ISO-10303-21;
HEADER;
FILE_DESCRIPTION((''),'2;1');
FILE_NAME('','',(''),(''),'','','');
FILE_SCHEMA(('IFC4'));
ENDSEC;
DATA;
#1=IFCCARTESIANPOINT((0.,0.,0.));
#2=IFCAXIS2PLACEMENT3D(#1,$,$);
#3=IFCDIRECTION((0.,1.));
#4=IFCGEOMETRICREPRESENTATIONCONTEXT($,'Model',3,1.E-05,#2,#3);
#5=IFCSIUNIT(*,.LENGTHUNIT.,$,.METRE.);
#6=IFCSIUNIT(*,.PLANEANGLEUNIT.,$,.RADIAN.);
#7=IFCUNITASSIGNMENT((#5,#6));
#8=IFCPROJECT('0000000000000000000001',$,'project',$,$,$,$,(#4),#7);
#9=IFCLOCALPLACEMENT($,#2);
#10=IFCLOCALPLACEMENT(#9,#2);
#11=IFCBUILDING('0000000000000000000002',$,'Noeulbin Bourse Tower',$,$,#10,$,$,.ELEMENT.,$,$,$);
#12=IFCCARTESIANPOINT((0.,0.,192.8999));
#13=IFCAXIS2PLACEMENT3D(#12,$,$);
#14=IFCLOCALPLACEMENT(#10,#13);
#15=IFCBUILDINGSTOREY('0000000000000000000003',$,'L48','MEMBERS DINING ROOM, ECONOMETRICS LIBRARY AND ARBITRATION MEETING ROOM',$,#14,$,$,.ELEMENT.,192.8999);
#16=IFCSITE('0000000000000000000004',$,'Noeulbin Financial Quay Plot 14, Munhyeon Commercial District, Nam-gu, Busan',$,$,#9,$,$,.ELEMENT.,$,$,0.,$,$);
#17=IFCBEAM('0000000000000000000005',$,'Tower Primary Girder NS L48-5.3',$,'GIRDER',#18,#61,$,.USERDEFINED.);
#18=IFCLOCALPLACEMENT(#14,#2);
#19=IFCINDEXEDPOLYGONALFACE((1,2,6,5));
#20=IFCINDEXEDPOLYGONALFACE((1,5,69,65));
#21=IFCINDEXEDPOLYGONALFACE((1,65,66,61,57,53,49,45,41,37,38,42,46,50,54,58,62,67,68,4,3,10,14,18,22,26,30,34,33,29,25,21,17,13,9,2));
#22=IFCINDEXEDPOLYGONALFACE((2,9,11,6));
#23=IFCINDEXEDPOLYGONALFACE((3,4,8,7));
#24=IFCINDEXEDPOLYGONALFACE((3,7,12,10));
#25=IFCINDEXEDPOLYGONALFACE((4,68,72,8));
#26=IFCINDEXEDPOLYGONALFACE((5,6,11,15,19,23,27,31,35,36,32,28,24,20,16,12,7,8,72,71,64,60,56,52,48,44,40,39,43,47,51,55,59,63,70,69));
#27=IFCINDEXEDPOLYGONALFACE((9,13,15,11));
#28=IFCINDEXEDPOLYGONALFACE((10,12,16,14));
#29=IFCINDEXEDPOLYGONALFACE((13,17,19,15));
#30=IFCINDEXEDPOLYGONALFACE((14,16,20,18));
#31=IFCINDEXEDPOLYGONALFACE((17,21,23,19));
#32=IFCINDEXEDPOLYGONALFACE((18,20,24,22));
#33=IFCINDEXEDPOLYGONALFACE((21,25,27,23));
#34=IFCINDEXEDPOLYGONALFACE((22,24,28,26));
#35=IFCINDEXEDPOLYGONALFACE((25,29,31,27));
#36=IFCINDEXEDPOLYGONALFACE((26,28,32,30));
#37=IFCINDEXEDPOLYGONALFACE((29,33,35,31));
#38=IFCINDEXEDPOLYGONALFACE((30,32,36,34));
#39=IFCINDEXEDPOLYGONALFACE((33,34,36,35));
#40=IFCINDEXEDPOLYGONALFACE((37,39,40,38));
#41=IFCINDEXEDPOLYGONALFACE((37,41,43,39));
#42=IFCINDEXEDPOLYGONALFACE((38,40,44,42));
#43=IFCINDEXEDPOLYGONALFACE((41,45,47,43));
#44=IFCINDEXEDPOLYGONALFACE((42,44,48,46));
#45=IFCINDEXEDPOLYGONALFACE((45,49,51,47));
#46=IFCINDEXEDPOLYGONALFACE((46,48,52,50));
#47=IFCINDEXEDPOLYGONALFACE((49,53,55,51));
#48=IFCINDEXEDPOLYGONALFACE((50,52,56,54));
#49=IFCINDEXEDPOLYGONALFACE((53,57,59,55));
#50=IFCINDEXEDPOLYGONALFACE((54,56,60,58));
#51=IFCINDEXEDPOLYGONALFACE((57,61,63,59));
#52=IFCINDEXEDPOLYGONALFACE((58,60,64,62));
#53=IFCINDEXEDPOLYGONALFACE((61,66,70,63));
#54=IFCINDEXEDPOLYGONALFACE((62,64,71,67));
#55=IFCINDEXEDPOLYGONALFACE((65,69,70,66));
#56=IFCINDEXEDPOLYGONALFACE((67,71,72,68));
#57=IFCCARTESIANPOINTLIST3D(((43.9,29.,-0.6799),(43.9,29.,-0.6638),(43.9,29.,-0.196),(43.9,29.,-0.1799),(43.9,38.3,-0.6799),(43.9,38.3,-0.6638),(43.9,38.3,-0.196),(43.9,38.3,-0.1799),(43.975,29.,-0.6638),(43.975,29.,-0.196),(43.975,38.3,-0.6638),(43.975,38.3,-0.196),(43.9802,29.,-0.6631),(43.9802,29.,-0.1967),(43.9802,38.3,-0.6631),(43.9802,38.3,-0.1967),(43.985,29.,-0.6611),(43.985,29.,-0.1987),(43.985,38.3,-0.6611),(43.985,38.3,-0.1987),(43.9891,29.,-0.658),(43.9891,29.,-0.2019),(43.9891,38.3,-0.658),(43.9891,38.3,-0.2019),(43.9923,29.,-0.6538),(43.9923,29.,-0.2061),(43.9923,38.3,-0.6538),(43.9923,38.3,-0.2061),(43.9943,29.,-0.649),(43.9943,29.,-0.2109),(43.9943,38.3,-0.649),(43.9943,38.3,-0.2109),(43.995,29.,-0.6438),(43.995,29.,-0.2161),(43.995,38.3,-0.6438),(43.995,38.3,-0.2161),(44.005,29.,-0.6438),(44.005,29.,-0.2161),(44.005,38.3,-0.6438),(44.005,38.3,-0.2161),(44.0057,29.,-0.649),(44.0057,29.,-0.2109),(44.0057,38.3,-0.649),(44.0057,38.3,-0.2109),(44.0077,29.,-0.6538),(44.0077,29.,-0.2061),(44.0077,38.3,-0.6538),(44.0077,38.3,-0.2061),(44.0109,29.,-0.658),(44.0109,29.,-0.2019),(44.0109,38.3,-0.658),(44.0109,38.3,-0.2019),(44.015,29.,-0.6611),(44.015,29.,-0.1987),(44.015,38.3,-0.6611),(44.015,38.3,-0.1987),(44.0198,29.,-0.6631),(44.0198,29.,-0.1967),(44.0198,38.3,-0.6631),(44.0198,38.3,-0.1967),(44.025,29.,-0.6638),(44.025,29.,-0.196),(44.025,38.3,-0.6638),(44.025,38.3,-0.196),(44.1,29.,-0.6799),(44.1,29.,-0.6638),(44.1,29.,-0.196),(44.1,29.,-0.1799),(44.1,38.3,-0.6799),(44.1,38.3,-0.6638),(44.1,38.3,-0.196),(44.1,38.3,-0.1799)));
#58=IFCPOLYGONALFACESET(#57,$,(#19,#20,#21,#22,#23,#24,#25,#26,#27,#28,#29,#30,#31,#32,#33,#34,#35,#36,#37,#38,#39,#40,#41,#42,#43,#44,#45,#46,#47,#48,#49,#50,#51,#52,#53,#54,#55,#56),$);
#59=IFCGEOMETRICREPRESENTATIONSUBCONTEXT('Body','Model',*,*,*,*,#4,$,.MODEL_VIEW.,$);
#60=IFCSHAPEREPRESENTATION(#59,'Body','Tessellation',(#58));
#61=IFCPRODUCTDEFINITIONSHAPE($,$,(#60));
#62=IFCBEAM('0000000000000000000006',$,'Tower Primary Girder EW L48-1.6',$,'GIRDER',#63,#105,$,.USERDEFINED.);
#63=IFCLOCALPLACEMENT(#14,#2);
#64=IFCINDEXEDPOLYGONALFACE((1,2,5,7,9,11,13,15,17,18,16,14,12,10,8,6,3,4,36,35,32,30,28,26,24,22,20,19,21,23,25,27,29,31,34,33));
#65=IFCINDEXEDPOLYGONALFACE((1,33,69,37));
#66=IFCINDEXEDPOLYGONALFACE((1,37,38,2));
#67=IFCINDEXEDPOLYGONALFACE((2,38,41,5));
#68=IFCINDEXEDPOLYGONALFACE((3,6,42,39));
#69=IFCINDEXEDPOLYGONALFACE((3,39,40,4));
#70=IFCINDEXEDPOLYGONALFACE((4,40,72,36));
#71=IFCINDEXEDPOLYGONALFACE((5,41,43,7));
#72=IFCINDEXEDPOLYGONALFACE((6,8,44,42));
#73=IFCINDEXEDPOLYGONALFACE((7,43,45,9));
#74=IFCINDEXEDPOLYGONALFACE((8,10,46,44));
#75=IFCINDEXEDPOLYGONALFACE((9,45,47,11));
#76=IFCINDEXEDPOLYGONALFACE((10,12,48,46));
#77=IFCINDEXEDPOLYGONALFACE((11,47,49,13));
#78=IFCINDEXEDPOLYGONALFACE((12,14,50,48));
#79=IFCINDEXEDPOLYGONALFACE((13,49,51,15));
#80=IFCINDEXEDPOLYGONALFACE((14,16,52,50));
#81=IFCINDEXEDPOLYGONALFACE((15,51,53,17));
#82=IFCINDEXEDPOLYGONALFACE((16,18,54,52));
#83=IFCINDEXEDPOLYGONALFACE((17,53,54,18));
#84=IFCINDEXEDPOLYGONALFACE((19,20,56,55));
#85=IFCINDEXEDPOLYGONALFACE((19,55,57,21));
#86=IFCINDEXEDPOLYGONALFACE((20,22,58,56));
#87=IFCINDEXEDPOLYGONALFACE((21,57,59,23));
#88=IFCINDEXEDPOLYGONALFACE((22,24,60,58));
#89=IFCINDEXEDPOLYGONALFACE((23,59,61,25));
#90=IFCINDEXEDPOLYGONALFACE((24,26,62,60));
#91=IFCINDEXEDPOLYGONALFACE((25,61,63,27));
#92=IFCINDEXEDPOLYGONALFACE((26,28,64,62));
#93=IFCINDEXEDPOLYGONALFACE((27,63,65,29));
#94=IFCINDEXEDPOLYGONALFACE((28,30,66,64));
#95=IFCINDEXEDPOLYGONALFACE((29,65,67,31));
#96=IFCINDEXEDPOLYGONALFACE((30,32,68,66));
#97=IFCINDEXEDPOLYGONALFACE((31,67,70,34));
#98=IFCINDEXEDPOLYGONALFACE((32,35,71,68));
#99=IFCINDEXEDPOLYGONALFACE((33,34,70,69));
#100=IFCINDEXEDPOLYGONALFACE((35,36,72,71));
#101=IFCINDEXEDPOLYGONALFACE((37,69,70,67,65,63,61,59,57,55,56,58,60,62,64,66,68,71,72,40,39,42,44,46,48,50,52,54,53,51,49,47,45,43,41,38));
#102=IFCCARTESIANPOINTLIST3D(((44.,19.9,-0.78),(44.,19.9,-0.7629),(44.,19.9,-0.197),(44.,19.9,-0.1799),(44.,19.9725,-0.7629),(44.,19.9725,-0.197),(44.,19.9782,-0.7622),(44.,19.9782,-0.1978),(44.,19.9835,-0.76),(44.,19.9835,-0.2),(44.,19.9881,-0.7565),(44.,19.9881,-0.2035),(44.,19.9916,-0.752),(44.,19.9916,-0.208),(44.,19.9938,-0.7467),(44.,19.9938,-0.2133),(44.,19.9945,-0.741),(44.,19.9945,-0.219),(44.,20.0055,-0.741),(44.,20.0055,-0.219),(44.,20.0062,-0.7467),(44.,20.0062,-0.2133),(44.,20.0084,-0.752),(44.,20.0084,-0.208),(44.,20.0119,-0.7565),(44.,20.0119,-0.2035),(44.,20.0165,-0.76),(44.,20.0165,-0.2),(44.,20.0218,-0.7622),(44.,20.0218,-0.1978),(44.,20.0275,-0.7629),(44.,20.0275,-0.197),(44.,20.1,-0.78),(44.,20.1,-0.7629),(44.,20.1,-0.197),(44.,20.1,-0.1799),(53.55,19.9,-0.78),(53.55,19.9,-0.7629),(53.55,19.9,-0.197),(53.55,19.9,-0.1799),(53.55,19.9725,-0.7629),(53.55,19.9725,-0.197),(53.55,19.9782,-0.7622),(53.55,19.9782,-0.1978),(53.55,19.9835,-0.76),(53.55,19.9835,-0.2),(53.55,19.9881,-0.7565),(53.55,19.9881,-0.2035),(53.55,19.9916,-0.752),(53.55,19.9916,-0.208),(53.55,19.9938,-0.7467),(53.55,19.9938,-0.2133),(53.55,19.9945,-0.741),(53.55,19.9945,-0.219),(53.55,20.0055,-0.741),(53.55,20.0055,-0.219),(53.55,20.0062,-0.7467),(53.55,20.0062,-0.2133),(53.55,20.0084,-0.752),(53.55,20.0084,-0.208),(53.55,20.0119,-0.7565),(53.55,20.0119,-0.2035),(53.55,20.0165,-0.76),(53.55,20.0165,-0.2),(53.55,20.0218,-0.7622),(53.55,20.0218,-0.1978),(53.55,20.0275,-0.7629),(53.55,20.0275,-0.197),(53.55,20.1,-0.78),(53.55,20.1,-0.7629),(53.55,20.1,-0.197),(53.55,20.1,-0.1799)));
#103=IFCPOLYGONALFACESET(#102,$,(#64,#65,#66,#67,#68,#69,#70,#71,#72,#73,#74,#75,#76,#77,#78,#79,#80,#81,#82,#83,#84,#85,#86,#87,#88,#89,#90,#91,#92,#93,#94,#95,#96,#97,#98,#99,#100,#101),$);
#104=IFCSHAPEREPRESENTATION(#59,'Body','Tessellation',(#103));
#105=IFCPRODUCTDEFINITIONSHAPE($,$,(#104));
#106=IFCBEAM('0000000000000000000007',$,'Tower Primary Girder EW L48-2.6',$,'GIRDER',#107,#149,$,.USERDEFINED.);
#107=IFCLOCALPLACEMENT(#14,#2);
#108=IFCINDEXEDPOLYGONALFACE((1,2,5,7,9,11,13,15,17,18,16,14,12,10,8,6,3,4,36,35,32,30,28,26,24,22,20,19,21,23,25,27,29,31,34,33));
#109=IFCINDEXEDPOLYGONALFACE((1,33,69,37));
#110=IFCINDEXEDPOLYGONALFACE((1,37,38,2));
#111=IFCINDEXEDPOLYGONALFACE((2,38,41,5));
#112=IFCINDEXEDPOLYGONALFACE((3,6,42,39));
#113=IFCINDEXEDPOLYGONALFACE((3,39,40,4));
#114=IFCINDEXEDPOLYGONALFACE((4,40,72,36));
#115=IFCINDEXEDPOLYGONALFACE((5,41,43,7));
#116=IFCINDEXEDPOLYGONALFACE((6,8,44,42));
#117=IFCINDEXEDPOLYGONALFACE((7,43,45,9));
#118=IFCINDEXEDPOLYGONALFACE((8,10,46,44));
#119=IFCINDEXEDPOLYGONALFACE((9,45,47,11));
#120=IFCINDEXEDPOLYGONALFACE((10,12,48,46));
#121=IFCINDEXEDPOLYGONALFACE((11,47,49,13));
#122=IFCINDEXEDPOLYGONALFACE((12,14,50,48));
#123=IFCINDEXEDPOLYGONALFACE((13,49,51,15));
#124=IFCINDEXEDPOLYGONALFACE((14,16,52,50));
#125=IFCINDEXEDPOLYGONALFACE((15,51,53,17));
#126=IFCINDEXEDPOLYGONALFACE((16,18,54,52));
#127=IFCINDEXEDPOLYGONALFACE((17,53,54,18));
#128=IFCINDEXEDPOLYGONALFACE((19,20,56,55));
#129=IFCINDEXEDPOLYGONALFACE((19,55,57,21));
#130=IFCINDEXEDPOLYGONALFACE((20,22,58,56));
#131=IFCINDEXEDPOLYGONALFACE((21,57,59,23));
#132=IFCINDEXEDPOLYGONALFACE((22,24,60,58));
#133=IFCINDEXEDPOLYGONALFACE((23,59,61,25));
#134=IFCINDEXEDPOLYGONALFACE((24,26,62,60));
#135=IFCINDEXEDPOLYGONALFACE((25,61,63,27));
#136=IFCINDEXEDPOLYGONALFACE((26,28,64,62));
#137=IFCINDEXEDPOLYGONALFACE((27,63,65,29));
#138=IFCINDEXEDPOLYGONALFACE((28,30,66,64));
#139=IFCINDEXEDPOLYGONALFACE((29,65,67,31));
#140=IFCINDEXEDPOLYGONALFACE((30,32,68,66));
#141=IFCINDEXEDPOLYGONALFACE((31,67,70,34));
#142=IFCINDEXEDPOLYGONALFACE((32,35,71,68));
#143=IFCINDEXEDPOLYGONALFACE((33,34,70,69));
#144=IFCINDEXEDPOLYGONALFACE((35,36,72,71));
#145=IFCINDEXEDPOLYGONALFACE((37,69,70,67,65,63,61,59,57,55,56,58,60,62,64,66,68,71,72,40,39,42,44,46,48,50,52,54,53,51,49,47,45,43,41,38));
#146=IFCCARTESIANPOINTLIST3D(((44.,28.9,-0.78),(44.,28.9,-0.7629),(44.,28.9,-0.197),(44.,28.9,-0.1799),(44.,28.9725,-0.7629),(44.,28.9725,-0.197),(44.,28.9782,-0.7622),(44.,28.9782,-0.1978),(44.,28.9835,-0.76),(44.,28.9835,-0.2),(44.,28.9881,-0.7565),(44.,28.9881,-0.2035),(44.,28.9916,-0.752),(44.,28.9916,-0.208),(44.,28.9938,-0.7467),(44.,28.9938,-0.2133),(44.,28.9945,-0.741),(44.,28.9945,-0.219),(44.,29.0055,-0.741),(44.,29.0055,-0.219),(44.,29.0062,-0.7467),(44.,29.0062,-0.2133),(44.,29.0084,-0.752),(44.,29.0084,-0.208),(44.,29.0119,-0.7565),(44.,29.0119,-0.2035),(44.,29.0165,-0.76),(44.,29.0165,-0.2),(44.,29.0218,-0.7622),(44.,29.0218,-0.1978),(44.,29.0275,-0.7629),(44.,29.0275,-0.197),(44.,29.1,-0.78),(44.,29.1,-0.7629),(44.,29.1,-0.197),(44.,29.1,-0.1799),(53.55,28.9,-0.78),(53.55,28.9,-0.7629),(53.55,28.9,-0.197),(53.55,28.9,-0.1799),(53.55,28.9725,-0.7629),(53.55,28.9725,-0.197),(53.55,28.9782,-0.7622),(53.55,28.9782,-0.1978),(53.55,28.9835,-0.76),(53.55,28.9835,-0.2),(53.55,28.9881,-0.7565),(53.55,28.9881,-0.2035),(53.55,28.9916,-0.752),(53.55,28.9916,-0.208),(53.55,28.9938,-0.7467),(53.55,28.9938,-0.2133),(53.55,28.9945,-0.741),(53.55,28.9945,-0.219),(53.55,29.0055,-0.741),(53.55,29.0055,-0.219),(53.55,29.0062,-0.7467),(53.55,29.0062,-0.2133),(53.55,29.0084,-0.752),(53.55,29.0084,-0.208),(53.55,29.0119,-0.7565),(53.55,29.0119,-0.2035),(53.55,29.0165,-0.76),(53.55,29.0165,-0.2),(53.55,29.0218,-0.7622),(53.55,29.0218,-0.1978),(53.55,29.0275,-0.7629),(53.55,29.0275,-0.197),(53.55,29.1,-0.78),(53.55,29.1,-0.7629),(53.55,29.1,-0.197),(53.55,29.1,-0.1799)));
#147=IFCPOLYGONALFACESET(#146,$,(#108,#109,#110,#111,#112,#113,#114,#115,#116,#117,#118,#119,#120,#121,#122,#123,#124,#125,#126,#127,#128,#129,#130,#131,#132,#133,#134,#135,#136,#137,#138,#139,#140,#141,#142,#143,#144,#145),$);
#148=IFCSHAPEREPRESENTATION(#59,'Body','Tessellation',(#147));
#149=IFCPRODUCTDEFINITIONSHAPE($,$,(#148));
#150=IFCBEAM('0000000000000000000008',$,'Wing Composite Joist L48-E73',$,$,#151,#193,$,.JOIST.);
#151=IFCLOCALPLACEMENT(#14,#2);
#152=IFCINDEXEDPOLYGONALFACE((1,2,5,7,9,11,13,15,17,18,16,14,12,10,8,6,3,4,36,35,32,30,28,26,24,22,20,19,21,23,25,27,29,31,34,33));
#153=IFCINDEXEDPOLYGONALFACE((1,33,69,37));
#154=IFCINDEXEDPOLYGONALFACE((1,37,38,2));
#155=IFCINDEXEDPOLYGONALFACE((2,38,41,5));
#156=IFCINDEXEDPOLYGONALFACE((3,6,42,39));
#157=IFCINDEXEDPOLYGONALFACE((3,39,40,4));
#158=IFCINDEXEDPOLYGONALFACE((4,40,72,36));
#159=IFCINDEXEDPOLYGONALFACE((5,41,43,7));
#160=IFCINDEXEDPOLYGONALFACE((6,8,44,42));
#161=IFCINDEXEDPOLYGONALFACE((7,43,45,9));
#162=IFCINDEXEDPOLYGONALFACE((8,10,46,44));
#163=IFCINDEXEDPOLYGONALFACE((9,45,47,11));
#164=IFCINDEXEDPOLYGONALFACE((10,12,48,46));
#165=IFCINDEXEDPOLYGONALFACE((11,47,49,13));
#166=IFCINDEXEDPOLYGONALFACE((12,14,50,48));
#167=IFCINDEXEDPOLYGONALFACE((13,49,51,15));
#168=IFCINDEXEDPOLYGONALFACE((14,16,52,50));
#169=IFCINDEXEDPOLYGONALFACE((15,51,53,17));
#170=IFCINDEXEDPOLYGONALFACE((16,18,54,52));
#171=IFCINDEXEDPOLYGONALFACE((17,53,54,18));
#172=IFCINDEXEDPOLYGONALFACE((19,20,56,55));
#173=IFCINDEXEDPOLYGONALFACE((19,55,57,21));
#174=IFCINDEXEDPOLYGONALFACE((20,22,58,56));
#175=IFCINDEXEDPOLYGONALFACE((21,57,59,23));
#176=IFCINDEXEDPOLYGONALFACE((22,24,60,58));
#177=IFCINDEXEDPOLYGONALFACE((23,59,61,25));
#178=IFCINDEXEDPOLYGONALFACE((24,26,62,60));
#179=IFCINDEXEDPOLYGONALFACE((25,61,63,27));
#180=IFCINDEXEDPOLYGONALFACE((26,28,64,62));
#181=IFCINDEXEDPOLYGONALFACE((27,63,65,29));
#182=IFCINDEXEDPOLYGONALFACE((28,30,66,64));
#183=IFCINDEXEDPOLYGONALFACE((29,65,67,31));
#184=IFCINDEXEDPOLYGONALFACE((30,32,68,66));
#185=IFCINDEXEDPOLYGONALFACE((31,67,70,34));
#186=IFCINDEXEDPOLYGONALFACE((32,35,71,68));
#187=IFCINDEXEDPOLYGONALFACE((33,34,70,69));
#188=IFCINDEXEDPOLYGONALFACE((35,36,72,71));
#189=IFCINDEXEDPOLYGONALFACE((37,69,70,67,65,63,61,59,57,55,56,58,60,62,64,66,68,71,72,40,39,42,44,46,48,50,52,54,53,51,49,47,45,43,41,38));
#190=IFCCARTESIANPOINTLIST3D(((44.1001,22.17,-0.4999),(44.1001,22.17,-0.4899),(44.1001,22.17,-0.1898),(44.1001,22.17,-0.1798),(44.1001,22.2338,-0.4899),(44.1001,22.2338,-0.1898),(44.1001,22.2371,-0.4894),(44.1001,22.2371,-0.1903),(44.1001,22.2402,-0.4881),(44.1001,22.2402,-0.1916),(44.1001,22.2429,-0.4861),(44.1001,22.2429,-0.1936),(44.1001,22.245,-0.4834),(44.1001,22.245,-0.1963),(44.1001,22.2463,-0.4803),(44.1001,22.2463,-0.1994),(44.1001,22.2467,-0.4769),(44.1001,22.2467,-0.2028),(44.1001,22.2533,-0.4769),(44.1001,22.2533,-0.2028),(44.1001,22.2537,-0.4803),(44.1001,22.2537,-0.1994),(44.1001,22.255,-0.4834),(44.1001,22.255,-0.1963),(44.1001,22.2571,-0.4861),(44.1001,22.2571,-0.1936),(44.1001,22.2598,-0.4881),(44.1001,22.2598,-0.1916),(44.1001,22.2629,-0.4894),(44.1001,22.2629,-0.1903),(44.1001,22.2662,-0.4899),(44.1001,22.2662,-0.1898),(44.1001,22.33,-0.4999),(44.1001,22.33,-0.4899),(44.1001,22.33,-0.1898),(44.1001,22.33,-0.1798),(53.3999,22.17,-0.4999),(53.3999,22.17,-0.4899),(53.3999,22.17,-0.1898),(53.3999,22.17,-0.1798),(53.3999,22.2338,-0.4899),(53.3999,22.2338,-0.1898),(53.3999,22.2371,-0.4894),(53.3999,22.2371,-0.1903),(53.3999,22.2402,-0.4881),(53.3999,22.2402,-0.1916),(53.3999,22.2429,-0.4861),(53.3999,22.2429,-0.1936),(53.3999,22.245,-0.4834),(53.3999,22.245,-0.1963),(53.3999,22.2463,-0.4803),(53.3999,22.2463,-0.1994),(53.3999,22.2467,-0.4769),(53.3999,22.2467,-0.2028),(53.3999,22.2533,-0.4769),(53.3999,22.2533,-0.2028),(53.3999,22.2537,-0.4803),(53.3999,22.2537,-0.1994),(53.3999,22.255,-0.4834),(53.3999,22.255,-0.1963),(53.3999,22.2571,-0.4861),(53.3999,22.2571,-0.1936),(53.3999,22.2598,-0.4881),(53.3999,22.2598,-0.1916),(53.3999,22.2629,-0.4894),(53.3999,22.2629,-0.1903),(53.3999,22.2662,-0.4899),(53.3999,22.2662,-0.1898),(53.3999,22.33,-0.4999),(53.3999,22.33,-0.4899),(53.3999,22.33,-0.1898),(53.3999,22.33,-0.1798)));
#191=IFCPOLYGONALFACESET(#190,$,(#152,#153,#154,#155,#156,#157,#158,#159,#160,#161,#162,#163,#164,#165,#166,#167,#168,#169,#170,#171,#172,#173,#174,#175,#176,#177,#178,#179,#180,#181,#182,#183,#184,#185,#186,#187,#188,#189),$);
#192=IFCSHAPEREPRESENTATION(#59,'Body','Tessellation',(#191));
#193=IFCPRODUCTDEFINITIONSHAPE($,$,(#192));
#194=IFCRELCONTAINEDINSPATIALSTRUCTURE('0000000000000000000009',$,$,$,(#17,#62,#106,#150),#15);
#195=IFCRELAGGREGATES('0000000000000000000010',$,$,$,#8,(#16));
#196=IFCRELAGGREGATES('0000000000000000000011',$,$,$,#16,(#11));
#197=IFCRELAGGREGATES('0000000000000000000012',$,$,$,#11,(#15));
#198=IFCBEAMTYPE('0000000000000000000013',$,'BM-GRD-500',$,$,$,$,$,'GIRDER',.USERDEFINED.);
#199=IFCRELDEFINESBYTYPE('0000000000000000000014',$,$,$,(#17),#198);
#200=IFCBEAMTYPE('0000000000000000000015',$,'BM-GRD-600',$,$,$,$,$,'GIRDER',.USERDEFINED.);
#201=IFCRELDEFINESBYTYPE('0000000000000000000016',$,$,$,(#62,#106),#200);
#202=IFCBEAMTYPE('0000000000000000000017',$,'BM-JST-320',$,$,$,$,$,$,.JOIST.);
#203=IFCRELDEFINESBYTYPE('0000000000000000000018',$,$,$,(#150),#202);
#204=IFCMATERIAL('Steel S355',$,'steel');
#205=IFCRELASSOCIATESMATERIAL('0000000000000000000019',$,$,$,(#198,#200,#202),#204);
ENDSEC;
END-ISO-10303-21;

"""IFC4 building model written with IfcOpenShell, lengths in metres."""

from ifc_helpers import new_model, si_unit, direction, frame, origin, origin_2d, place, context, subcontext, project, spatial, i_section, extrude, material, material_profile, profile_set, type_object, element, save


model = new_model("IFC4")

# Units and contexts
model_context = context("Model", 3, precision=1e-05, world=origin(), true_north=direction((0.0, 1.0)))
body_context = subcontext(model_context, "Body", "Model", "MODEL_VIEW")
ifc_project = project(units=[si_unit("LENGTHUNIT", "METRE"), si_unit("PLANEANGLEUNIT", "RADIAN")], contexts=[model_context])

# Site, building, storey
site_placement = place(None, origin())
site = spatial("IfcSite", under=ifc_project, at=site_placement, Name="Noeulbin Financial Quay Plot 14, Munhyeon Commercial District, Nam-gu, Busan", CompositionType="ELEMENT", RefElevation=0.0)
building_placement = place(site_placement, origin())
building = spatial("IfcBuilding", under=site, at=building_placement, Name="Noeulbin Bourse Tower", CompositionType="ELEMENT")
storey_placement = place(building_placement, frame((0.0, 0.0, 192.8999)))
storey = spatial("IfcBuildingStorey", under=building, at=storey_placement, Name="L48", Description="MEMBERS DINING ROOM, ECONOMETRICS LIBRARY AND ARBITRATION MEETING ROOM", CompositionType="ELEMENT", Elevation=192.8999)

# Shared definitions
ifc_material_1 = material(Name="Steel S355", Category="steel")

# Beams
ifc_material_profile_1 = material_profile(ifc_material_1, i_section(OverallWidth=0.2, OverallDepth=0.5, WebThickness=0.01, FlangeThickness=0.0161, FilletRadius=0.02, at=origin_2d()), Name="H-500x200x10x16", Category="LoadBearing")
ifc_profile_set_1 = profile_set([ifc_material_profile_1], Name="Steel S355")
beam_type_1 = type_object("IfcBeamType", Name="BM-GRD-500", ElementType="GIRDER", PredefinedType="USERDEFINED", material=ifc_profile_set_1)
beam_1_placement = place(storey_placement, frame((44.0, 29.0, -0.4299), z_axis=(0.0, 1.0, 0.0), x_axis=(-1.0, 0.0, 0.0)))
element("IfcBeam", 1, at=beam_1_placement, inside=storey, type_object=beam_type_1, Name="Tower Primary Girder NS L48-5.3", ObjectType="GIRDER", PredefinedType="USERDEFINED", context=body_context, shape_type="SweptSolid", body=[
    extrude(i_section(OverallWidth=0.2, OverallDepth=0.5, WebThickness=0.01, FlangeThickness=0.0161, FilletRadius=0.02, at=origin_2d()), origin(), (0.0, 0.0, 1.0), 9.3),
])
ifc_material_profile_2 = material_profile(ifc_material_1, i_section(OverallWidth=0.2, OverallDepth=0.6001, WebThickness=0.011, FlangeThickness=0.0171, FilletRadius=0.022, at=origin_2d()), Name="H-600x200x11x17", Category="LoadBearing")
ifc_profile_set_2 = profile_set([ifc_material_profile_2], Name="Steel S355")
beam_type_2 = type_object("IfcBeamType", Name="BM-GRD-600", ElementType="GIRDER", PredefinedType="USERDEFINED", material=ifc_profile_set_2)
for number, where, z_axis, x_axis, name in (
    (2, (44.0, 20.0, -0.48), (1.0, 0.0, 0.0), (0.0, 1.0, 0.0), "Tower Primary Girder EW L48-1.6"),
    (3, (44.0, 29.0, -0.48), (1.0, 0.0, 0.0), (0.0, 1.0, 0.0), "Tower Primary Girder EW L48-2.6"),
):
    element("IfcBeam", number, at=place(storey_placement, frame(where, z_axis=z_axis, x_axis=x_axis)), inside=storey, type_object=beam_type_2, Name=name, ObjectType="GIRDER", PredefinedType="USERDEFINED", context=body_context, shape_type="SweptSolid", body=[
        extrude(i_section(OverallWidth=0.2, OverallDepth=0.6001, WebThickness=0.011, FlangeThickness=0.0171, FilletRadius=0.022, at=origin_2d()), origin(), (0.0, 0.0, 1.0), 9.55),
    ])
ifc_material_profile_3 = material_profile(ifc_material_1, i_section(OverallWidth=0.1599, OverallDepth=0.3201, WebThickness=0.0066, FlangeThickness=0.01, FilletRadius=0.0129, at=origin_2d()), Name="H-320x160x6.5x10", Category="LoadBearing")
ifc_profile_set_3 = profile_set([ifc_material_profile_3], Name="Steel S355")
beam_type_3 = type_object("IfcBeamType", Name="BM-JST-320", PredefinedType="JOIST", material=ifc_profile_set_3)
for number, where, z_axis, x_axis, name in (
    (4, (44.1001, 22.25, -0.3398), (1.0, 0.0, 0.0), (0.0, 1.0, 0.0), "Wing Composite Joist L48-E73"),
):
    element("IfcBeam", number, at=place(storey_placement, frame(where, z_axis=z_axis, x_axis=x_axis)), inside=storey, type_object=beam_type_3, Name=name, PredefinedType="JOIST", context=body_context, shape_type="SweptSolid", body=[
        extrude(i_section(OverallWidth=0.1599, OverallDepth=0.3201, WebThickness=0.0066, FlangeThickness=0.01, FilletRadius=0.0129, at=origin_2d()), origin(), (0.0, 0.0, 1.0), 9.2998),
    ])

save(model, "model.ifc")
